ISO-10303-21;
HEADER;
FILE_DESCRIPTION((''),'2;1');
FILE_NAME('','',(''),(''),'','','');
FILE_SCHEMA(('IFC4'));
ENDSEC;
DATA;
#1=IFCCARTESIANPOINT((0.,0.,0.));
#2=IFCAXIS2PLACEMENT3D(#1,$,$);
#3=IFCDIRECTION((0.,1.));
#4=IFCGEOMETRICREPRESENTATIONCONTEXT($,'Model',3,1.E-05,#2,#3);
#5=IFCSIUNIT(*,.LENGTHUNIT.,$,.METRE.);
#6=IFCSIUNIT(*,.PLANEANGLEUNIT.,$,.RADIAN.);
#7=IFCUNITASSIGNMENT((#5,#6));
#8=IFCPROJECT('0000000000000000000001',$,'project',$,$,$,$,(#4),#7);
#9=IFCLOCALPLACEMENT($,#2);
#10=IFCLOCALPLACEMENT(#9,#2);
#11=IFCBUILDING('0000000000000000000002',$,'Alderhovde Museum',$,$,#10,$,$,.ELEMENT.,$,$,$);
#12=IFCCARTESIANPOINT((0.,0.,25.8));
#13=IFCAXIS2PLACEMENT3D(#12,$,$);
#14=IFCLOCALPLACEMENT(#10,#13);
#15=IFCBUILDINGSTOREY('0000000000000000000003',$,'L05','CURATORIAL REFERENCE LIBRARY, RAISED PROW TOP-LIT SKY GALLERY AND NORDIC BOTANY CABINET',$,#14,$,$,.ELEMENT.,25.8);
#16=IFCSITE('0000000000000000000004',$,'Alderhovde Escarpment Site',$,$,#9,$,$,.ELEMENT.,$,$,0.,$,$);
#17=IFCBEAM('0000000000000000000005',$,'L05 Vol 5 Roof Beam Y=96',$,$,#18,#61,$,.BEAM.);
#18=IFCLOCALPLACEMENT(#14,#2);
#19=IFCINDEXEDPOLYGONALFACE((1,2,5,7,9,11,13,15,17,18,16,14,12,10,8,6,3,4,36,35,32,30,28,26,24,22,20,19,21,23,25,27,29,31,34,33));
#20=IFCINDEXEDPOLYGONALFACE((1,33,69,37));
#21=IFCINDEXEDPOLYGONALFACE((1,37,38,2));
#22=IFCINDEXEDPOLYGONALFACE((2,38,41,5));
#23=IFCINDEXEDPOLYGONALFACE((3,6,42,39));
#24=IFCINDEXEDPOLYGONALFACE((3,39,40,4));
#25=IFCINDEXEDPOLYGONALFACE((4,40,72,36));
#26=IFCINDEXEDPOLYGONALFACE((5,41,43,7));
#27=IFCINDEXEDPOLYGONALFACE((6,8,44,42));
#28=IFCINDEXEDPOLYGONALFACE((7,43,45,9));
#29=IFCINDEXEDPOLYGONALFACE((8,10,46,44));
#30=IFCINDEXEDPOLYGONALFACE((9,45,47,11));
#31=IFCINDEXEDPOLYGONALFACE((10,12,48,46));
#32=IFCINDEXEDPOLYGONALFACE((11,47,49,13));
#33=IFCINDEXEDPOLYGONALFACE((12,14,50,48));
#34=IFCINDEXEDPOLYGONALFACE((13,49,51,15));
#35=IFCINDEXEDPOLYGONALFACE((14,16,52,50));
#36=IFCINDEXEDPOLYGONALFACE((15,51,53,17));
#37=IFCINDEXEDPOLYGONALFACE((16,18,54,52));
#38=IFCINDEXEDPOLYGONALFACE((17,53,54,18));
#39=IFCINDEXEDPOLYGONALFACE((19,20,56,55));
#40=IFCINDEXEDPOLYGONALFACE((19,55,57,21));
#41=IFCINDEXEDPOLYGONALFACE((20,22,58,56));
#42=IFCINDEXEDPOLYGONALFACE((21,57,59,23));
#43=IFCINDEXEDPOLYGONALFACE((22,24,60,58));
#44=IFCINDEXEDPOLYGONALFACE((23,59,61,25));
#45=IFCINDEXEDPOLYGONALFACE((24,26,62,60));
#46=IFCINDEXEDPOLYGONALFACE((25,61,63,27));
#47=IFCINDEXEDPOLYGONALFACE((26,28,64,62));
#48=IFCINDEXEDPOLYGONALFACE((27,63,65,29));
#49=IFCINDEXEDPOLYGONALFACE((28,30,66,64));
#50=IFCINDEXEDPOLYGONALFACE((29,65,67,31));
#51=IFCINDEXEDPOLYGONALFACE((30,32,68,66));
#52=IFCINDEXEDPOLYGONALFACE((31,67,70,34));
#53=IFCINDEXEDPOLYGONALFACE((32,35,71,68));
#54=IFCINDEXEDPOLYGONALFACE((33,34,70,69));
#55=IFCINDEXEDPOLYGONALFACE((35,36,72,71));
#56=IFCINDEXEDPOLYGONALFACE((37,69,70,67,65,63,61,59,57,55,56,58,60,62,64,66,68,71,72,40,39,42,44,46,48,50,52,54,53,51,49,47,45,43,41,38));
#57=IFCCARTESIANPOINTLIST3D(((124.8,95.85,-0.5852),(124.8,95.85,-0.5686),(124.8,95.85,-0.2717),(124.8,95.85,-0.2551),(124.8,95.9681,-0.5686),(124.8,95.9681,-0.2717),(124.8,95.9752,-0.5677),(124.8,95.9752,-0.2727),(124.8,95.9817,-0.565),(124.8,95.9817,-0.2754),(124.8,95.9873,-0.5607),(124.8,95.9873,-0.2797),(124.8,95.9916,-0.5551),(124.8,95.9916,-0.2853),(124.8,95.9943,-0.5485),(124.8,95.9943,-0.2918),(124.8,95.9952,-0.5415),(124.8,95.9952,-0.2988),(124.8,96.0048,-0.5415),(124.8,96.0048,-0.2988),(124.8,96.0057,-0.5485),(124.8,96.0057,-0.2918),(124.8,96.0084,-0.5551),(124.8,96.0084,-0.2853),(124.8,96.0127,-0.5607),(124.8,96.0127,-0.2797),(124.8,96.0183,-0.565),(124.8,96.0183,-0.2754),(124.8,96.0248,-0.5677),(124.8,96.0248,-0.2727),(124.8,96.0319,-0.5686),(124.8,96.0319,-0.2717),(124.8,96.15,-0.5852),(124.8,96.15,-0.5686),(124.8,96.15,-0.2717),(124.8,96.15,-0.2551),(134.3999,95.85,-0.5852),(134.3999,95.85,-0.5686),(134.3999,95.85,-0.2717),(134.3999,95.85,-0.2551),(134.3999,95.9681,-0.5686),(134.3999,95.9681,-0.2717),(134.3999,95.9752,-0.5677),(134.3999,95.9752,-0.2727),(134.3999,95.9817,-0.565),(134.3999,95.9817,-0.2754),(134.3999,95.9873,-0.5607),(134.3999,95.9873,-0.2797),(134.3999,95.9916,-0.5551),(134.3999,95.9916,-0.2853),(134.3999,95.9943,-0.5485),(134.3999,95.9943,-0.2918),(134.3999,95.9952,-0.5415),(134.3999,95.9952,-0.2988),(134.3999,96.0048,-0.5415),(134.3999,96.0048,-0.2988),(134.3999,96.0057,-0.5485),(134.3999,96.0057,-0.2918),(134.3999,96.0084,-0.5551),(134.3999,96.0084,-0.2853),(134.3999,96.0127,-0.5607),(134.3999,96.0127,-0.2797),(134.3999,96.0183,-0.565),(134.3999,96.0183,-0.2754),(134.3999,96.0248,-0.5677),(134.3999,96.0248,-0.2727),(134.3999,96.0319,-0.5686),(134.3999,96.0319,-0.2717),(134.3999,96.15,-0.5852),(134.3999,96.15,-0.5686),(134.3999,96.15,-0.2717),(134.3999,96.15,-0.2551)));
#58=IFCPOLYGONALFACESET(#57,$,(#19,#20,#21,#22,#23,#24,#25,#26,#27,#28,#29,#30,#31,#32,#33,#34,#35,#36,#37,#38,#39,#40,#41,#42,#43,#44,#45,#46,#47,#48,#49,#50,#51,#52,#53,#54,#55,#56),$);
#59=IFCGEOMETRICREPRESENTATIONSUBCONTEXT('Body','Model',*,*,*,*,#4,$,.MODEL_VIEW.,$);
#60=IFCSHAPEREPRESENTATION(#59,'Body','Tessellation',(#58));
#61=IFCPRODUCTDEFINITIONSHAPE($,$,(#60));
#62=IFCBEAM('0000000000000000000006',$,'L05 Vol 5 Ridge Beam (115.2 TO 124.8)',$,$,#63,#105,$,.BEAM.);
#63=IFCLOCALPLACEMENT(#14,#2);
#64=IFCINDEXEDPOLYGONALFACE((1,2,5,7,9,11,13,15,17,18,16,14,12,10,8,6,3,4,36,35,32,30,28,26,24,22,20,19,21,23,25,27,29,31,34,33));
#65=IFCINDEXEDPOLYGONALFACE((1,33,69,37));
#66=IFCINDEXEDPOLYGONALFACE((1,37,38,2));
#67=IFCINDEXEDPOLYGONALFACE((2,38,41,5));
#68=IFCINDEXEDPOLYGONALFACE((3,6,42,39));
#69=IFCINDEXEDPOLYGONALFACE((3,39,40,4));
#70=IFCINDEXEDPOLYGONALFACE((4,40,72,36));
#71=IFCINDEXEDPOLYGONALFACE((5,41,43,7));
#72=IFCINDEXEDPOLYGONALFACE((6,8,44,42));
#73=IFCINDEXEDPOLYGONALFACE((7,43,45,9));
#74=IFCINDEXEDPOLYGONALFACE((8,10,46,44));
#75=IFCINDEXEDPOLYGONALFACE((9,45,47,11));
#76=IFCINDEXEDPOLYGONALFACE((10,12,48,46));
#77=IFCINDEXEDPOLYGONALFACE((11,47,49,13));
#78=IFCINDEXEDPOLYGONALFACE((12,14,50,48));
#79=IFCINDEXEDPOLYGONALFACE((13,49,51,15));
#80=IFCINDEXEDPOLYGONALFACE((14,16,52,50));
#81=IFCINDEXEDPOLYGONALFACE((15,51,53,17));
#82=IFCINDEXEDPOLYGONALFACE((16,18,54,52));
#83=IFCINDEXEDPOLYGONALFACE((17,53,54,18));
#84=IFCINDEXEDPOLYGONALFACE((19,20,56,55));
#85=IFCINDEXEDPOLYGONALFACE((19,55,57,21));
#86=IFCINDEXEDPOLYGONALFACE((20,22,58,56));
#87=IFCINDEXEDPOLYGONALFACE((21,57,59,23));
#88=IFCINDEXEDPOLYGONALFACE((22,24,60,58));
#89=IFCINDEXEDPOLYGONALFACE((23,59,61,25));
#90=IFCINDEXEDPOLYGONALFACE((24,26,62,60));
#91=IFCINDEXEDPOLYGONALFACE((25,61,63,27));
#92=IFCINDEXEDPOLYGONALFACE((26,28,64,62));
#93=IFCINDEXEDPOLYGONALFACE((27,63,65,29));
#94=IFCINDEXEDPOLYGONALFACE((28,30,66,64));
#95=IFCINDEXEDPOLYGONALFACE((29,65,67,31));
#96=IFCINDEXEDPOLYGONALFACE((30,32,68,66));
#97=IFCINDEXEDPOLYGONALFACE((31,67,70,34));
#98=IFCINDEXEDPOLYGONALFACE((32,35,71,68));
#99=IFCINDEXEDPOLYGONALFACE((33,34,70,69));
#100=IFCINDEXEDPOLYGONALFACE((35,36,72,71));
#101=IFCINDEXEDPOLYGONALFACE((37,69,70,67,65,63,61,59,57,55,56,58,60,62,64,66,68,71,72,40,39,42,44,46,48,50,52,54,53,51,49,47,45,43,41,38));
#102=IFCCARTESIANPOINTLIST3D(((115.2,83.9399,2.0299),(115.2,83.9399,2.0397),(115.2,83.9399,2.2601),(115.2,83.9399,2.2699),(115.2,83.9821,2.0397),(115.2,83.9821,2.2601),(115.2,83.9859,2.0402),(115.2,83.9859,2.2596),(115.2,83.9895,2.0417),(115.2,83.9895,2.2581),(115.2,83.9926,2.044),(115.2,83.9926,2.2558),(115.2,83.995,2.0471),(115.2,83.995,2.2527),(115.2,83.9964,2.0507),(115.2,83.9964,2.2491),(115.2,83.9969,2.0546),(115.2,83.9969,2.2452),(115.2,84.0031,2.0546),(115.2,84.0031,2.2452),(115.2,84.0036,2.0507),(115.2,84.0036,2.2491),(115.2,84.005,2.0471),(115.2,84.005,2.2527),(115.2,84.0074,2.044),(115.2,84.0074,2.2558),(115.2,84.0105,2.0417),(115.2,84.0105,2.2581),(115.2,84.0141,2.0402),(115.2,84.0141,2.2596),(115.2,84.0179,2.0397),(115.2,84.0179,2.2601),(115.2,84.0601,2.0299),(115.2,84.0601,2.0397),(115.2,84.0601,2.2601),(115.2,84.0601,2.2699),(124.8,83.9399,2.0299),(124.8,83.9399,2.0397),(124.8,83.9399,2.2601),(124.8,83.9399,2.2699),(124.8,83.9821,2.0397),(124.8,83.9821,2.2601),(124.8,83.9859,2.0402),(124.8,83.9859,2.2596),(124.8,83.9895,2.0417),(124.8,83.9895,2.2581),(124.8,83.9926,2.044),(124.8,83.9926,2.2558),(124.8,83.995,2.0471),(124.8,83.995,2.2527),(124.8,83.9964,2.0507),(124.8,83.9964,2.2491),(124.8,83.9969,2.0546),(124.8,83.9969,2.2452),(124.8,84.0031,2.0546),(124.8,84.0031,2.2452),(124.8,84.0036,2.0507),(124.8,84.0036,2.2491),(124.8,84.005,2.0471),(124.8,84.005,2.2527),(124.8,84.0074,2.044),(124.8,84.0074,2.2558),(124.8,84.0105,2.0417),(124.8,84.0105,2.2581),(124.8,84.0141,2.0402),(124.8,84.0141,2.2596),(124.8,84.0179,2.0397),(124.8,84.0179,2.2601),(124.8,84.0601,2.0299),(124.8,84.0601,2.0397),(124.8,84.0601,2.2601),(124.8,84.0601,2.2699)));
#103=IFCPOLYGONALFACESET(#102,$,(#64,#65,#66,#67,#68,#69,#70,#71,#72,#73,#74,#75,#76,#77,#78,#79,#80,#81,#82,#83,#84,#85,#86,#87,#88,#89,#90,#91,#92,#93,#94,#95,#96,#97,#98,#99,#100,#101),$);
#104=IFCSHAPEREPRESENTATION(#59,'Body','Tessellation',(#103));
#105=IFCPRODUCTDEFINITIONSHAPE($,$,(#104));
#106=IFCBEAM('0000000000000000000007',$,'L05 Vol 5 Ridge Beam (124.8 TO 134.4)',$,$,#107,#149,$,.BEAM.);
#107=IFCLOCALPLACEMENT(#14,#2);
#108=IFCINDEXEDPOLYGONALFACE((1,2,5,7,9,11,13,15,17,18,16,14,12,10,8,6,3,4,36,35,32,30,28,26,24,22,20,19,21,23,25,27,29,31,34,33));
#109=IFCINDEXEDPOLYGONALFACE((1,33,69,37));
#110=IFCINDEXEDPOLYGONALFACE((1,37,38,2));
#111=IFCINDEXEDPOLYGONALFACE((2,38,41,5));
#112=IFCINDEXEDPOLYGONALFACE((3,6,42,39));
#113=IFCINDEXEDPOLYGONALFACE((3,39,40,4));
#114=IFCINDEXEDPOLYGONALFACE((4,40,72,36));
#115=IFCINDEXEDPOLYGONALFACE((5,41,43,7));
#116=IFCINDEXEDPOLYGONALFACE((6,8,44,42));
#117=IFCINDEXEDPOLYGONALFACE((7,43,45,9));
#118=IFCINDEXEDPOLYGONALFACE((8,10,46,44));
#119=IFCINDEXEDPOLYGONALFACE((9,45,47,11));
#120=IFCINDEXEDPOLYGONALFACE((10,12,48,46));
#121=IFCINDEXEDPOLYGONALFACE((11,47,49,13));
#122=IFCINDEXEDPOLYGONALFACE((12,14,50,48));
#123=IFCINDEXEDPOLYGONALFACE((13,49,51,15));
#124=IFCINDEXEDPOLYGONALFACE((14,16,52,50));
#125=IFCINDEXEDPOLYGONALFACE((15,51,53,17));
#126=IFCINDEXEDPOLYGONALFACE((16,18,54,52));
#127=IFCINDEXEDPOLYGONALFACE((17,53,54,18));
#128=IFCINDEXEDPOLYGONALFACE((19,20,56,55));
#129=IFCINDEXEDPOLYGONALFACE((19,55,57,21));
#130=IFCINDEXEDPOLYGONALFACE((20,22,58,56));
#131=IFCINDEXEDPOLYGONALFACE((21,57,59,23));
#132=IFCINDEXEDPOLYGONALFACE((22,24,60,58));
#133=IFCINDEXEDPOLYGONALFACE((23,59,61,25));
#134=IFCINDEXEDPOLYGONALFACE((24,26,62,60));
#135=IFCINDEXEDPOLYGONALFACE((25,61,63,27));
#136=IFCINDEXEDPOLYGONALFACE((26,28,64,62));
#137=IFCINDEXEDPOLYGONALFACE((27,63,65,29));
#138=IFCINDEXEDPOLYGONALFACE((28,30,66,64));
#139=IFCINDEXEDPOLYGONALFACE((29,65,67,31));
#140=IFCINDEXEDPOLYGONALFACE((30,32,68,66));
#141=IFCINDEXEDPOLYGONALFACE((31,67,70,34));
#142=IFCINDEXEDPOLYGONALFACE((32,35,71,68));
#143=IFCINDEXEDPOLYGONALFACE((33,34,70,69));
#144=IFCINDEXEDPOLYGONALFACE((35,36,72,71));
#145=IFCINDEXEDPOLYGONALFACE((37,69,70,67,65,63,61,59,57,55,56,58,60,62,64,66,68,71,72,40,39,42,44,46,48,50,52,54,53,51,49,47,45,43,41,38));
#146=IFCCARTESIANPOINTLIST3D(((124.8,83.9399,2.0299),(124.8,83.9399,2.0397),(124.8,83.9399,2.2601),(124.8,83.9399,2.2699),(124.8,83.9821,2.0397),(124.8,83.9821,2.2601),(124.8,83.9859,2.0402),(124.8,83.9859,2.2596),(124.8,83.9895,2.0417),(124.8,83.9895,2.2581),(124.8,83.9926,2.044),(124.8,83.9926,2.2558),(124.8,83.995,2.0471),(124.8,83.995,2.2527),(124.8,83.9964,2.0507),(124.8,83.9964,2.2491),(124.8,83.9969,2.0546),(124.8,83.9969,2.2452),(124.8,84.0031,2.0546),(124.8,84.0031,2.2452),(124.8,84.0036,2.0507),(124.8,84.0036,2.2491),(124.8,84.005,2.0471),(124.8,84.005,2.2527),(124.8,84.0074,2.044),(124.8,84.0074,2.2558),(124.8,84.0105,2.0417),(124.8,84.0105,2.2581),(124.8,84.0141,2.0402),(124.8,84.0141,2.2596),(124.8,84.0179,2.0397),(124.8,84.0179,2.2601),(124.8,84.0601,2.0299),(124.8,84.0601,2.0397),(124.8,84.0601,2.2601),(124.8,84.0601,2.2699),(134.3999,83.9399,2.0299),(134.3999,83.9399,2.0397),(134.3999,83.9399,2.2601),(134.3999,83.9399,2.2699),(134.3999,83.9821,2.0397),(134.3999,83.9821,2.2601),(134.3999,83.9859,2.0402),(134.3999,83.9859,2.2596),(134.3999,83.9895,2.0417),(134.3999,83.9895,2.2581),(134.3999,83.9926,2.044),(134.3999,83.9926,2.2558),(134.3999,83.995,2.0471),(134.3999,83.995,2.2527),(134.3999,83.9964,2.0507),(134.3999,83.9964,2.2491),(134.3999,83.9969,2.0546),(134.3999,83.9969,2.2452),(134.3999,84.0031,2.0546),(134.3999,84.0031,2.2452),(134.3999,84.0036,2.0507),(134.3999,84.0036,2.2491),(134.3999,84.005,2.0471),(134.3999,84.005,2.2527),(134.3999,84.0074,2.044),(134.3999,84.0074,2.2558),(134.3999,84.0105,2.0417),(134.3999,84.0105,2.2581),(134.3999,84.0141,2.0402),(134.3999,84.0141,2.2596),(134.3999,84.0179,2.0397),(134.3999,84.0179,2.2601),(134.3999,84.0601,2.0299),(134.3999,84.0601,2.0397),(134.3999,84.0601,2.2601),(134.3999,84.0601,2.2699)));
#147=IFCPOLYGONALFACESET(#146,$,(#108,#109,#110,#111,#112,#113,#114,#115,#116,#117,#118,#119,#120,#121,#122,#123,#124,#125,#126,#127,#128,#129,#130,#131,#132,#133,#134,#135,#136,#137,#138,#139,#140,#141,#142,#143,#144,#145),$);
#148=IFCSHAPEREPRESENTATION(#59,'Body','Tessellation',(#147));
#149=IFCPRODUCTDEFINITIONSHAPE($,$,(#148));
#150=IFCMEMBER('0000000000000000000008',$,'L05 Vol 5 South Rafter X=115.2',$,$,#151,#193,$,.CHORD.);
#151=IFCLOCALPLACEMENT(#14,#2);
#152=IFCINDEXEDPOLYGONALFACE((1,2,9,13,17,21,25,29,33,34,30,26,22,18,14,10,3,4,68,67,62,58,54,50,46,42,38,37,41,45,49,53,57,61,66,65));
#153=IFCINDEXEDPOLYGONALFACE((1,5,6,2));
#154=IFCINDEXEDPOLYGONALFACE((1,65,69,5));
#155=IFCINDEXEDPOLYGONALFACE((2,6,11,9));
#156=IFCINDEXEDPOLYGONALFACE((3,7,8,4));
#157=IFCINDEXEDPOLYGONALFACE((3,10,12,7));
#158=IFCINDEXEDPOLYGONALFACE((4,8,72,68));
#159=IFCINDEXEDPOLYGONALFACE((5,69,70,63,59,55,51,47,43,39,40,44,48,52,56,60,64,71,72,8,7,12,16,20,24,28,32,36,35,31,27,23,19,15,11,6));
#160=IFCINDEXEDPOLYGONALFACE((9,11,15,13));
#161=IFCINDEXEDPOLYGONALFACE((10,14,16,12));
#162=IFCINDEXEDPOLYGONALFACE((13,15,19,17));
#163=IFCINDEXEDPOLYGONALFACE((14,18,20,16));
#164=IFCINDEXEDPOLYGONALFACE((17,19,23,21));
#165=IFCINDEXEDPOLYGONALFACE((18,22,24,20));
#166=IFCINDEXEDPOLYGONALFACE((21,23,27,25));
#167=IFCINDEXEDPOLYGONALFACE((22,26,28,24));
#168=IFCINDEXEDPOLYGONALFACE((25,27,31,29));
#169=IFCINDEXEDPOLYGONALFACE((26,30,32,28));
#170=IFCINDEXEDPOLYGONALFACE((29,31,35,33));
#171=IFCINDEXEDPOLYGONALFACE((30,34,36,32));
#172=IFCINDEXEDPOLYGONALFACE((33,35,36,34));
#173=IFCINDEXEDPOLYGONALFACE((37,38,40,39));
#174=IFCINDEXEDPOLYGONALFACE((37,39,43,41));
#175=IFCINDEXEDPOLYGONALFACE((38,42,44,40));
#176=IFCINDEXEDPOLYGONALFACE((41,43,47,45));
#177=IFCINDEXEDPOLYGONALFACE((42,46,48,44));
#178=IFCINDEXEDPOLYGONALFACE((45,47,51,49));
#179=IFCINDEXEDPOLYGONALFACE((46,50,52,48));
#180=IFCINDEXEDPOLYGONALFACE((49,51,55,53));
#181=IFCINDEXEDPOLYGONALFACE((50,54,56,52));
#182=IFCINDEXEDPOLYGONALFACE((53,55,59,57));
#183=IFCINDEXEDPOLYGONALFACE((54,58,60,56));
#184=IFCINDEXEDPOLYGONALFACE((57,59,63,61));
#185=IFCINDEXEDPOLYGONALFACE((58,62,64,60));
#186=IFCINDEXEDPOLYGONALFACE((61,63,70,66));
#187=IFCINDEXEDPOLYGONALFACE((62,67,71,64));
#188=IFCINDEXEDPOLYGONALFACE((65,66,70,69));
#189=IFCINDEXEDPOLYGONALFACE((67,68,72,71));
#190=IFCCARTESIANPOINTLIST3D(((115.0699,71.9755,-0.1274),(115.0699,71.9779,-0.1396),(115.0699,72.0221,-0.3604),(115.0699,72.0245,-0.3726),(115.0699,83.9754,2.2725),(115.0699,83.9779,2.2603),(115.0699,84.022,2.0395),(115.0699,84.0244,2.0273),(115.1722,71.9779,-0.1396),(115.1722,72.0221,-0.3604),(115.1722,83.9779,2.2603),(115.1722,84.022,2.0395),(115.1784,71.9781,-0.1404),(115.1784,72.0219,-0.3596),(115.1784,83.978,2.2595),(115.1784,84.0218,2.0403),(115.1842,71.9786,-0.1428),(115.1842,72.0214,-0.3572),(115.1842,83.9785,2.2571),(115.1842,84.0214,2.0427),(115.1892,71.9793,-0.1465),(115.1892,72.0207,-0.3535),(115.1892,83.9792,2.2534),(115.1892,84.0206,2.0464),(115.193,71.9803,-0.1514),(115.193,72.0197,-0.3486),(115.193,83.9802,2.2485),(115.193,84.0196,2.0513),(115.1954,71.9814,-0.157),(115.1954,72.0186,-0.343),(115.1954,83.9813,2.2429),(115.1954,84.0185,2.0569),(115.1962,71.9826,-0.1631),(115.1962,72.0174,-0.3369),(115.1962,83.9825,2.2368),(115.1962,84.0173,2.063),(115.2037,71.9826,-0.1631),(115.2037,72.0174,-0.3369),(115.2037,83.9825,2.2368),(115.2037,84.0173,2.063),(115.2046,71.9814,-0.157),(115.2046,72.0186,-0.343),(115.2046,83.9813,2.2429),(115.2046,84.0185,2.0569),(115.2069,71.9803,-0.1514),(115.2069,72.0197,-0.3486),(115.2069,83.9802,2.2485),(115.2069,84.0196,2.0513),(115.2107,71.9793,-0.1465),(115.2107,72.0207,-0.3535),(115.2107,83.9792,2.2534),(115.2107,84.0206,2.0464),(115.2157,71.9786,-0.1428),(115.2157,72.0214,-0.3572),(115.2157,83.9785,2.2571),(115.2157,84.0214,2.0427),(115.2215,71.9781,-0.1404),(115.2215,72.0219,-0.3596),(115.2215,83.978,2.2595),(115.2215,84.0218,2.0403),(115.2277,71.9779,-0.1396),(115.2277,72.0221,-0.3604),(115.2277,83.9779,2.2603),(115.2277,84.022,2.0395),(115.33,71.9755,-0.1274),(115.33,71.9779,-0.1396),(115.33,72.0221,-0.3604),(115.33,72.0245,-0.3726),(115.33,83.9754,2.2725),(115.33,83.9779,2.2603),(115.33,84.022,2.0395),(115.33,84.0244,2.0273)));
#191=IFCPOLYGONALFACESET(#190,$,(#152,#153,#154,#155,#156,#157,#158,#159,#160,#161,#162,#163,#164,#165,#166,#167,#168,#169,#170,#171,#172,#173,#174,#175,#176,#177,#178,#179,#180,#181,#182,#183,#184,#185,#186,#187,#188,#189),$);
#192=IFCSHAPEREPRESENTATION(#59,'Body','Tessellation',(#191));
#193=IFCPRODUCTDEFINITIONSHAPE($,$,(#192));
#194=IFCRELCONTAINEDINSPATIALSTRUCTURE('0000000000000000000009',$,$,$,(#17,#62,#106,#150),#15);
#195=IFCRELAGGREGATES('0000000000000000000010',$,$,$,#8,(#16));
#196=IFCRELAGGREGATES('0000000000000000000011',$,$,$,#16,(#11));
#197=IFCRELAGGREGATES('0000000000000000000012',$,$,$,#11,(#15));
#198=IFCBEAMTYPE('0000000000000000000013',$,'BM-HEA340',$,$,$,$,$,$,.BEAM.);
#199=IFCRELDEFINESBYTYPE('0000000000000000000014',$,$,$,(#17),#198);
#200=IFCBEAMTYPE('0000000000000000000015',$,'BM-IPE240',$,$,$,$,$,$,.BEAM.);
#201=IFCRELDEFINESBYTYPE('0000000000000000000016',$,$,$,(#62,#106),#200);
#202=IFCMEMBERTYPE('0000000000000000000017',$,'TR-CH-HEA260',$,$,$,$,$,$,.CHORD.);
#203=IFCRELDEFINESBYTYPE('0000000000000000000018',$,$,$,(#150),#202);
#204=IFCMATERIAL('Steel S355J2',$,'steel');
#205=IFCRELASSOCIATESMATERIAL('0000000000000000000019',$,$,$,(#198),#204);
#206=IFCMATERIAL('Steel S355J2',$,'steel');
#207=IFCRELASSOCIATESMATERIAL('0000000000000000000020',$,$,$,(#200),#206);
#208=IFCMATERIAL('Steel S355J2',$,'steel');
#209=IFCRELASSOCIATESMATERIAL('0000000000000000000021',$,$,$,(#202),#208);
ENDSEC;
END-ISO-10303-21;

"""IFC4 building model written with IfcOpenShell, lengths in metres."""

from ifc_helpers import new_model, si_unit, direction, frame, origin, origin_2d, place, context, subcontext, project, spatial, i_section, extrude, material, material_profile, profile_set, type_object, element, save


model = new_model("IFC4")

# Units and contexts
model_context = context("Model", 3, precision=1e-05, world=origin(), true_north=direction((0.0, 1.0)))
body_context = subcontext(model_context, "Body", "Model", "MODEL_VIEW")
ifc_project = project(units=[si_unit("LENGTHUNIT", "METRE"), si_unit("PLANEANGLEUNIT", "RADIAN")], contexts=[model_context])

# Site, building, storey
site_placement = place(None, origin())
site = spatial("IfcSite", under=ifc_project, at=site_placement, Name="Alderhovde Escarpment Site", CompositionType="ELEMENT", RefElevation=0.0)
building_placement = place(site_placement, origin())
building = spatial("IfcBuilding", under=site, at=building_placement, Name="Alderhovde Museum", CompositionType="ELEMENT")
storey_placement = place(building_placement, frame((0.0, 0.0, 25.8)))
storey = spatial("IfcBuildingStorey", under=building, at=storey_placement, Name="L05", Description="CURATORIAL REFERENCE LIBRARY, RAISED PROW TOP-LIT SKY GALLERY AND NORDIC BOTANY CABINET", CompositionType="ELEMENT", Elevation=25.8)

# Beams
ifc_material_1 = material(Name="Steel S355J2", Category="steel")
ifc_material_profile_1 = material_profile(ifc_material_1, i_section(OverallWidth=0.3, OverallDepth=0.3301, WebThickness=0.0095, FlangeThickness=0.0166, FilletRadius=0.0271, at=origin_2d()), Name="HEA 340")
ifc_profile_set_1 = profile_set([ifc_material_profile_1], Name="Steel S355J2")
beam_type_1 = type_object("IfcBeamType", Name="BM-HEA340", PredefinedType="BEAM", material=ifc_profile_set_1)
beam_1_placement = place(storey_placement, frame((124.8, 96.0, -0.4202), z_axis=(1.0, 0.0, 0.0), x_axis=(0.0, 1.0, 0.0)))
element("IfcBeam", 1, at=beam_1_placement, inside=storey, type_object=beam_type_1, Name="L05 Vol 5 Roof Beam Y=96", PredefinedType="BEAM", context=body_context, shape_type="SweptSolid", body=[
    extrude(i_section(OverallWidth=0.3, OverallDepth=0.3301, WebThickness=0.0095, FlangeThickness=0.0166, FilletRadius=0.0271, at=origin_2d()), origin(), (0.0, 0.0, 1.0), 9.5999),
])
ifc_material_2 = material(Name="Steel S355J2", Category="steel")
ifc_material_profile_2 = material_profile(ifc_material_2, i_section(OverallWidth=0.1201, OverallDepth=0.24, WebThickness=0.0061, FlangeThickness=0.0098, FilletRadius=0.0149, at=origin_2d()), Name="IPE 240")
ifc_profile_set_2 = profile_set([ifc_material_profile_2], Name="Steel S355J2")
beam_type_2 = type_object("IfcBeamType", Name="BM-IPE240", PredefinedType="BEAM", material=ifc_profile_set_2)
beam_2_placement = place(storey_placement, frame((115.2, 84.0, 2.1499), z_axis=(1.0, 0.0, 0.0), x_axis=(0.0, 1.0, 0.0)))
element("IfcBeam", 2, at=beam_2_placement, inside=storey, type_object=beam_type_2, Name="L05 Vol 5 Ridge Beam (115.2 TO 124.8)", PredefinedType="BEAM", context=body_context, shape_type="SweptSolid", body=[
    extrude(i_section(OverallWidth=0.1201, OverallDepth=0.24, WebThickness=0.0061, FlangeThickness=0.0098, FilletRadius=0.0149, at=origin_2d()), origin(), (0.0, 0.0, 1.0), 9.6001),
])
beam_3_placement = place(storey_placement, frame((124.8, 84.0, 2.1499), z_axis=(1.0, 0.0, 0.0), x_axis=(0.0, 1.0, 0.0)))
element("IfcBeam", 3, at=beam_3_placement, inside=storey, type_object=beam_type_2, Name="L05 Vol 5 Ridge Beam (124.8 TO 134.4)", PredefinedType="BEAM", context=body_context, shape_type="SweptSolid", body=[
    extrude(i_section(OverallWidth=0.1201, OverallDepth=0.24, WebThickness=0.0061, FlangeThickness=0.0098, FilletRadius=0.0149, at=origin_2d()), origin(), (0.0, 0.0, 1.0), 9.5999),
])

# Member
ifc_material_3 = material(Name="Steel S355J2", Category="steel")
ifc_material_profile_3 = material_profile(ifc_material_3, i_section(OverallWidth=0.26, OverallDepth=0.25, WebThickness=0.0076, FlangeThickness=0.0125, FilletRadius=0.0239, at=origin_2d()), Name="HEA 260")
ifc_profile_set_3 = profile_set([ifc_material_profile_3], Name="Steel S355J2")
member_type_1 = type_object("IfcMemberType", Name="TR-CH-HEA260", PredefinedType="CHORD", material=ifc_profile_set_3)
for number, where, z_axis, x_axis, name in (
    (4, (115.2, 72.0, -0.25), (0.0, 0.980582, 0.196108), (-1.0, 0.0, 0.0), "L05 Vol 5 South Rafter X=115.2"),
):
    element("IfcMember", number, at=place(storey_placement, frame(where, z_axis=z_axis, x_axis=x_axis)), inside=storey, type_object=member_type_1, Name=name, PredefinedType="CHORD", context=body_context, shape_type="SweptSolid", body=[
        extrude(i_section(OverallWidth=0.26, OverallDepth=0.25, WebThickness=0.0076, FlangeThickness=0.0125, FilletRadius=0.0239, at=origin_2d()), origin(), (0.0, 0.0, 1.0), 12.2375),
    ])

save(model, "model.ifc")
